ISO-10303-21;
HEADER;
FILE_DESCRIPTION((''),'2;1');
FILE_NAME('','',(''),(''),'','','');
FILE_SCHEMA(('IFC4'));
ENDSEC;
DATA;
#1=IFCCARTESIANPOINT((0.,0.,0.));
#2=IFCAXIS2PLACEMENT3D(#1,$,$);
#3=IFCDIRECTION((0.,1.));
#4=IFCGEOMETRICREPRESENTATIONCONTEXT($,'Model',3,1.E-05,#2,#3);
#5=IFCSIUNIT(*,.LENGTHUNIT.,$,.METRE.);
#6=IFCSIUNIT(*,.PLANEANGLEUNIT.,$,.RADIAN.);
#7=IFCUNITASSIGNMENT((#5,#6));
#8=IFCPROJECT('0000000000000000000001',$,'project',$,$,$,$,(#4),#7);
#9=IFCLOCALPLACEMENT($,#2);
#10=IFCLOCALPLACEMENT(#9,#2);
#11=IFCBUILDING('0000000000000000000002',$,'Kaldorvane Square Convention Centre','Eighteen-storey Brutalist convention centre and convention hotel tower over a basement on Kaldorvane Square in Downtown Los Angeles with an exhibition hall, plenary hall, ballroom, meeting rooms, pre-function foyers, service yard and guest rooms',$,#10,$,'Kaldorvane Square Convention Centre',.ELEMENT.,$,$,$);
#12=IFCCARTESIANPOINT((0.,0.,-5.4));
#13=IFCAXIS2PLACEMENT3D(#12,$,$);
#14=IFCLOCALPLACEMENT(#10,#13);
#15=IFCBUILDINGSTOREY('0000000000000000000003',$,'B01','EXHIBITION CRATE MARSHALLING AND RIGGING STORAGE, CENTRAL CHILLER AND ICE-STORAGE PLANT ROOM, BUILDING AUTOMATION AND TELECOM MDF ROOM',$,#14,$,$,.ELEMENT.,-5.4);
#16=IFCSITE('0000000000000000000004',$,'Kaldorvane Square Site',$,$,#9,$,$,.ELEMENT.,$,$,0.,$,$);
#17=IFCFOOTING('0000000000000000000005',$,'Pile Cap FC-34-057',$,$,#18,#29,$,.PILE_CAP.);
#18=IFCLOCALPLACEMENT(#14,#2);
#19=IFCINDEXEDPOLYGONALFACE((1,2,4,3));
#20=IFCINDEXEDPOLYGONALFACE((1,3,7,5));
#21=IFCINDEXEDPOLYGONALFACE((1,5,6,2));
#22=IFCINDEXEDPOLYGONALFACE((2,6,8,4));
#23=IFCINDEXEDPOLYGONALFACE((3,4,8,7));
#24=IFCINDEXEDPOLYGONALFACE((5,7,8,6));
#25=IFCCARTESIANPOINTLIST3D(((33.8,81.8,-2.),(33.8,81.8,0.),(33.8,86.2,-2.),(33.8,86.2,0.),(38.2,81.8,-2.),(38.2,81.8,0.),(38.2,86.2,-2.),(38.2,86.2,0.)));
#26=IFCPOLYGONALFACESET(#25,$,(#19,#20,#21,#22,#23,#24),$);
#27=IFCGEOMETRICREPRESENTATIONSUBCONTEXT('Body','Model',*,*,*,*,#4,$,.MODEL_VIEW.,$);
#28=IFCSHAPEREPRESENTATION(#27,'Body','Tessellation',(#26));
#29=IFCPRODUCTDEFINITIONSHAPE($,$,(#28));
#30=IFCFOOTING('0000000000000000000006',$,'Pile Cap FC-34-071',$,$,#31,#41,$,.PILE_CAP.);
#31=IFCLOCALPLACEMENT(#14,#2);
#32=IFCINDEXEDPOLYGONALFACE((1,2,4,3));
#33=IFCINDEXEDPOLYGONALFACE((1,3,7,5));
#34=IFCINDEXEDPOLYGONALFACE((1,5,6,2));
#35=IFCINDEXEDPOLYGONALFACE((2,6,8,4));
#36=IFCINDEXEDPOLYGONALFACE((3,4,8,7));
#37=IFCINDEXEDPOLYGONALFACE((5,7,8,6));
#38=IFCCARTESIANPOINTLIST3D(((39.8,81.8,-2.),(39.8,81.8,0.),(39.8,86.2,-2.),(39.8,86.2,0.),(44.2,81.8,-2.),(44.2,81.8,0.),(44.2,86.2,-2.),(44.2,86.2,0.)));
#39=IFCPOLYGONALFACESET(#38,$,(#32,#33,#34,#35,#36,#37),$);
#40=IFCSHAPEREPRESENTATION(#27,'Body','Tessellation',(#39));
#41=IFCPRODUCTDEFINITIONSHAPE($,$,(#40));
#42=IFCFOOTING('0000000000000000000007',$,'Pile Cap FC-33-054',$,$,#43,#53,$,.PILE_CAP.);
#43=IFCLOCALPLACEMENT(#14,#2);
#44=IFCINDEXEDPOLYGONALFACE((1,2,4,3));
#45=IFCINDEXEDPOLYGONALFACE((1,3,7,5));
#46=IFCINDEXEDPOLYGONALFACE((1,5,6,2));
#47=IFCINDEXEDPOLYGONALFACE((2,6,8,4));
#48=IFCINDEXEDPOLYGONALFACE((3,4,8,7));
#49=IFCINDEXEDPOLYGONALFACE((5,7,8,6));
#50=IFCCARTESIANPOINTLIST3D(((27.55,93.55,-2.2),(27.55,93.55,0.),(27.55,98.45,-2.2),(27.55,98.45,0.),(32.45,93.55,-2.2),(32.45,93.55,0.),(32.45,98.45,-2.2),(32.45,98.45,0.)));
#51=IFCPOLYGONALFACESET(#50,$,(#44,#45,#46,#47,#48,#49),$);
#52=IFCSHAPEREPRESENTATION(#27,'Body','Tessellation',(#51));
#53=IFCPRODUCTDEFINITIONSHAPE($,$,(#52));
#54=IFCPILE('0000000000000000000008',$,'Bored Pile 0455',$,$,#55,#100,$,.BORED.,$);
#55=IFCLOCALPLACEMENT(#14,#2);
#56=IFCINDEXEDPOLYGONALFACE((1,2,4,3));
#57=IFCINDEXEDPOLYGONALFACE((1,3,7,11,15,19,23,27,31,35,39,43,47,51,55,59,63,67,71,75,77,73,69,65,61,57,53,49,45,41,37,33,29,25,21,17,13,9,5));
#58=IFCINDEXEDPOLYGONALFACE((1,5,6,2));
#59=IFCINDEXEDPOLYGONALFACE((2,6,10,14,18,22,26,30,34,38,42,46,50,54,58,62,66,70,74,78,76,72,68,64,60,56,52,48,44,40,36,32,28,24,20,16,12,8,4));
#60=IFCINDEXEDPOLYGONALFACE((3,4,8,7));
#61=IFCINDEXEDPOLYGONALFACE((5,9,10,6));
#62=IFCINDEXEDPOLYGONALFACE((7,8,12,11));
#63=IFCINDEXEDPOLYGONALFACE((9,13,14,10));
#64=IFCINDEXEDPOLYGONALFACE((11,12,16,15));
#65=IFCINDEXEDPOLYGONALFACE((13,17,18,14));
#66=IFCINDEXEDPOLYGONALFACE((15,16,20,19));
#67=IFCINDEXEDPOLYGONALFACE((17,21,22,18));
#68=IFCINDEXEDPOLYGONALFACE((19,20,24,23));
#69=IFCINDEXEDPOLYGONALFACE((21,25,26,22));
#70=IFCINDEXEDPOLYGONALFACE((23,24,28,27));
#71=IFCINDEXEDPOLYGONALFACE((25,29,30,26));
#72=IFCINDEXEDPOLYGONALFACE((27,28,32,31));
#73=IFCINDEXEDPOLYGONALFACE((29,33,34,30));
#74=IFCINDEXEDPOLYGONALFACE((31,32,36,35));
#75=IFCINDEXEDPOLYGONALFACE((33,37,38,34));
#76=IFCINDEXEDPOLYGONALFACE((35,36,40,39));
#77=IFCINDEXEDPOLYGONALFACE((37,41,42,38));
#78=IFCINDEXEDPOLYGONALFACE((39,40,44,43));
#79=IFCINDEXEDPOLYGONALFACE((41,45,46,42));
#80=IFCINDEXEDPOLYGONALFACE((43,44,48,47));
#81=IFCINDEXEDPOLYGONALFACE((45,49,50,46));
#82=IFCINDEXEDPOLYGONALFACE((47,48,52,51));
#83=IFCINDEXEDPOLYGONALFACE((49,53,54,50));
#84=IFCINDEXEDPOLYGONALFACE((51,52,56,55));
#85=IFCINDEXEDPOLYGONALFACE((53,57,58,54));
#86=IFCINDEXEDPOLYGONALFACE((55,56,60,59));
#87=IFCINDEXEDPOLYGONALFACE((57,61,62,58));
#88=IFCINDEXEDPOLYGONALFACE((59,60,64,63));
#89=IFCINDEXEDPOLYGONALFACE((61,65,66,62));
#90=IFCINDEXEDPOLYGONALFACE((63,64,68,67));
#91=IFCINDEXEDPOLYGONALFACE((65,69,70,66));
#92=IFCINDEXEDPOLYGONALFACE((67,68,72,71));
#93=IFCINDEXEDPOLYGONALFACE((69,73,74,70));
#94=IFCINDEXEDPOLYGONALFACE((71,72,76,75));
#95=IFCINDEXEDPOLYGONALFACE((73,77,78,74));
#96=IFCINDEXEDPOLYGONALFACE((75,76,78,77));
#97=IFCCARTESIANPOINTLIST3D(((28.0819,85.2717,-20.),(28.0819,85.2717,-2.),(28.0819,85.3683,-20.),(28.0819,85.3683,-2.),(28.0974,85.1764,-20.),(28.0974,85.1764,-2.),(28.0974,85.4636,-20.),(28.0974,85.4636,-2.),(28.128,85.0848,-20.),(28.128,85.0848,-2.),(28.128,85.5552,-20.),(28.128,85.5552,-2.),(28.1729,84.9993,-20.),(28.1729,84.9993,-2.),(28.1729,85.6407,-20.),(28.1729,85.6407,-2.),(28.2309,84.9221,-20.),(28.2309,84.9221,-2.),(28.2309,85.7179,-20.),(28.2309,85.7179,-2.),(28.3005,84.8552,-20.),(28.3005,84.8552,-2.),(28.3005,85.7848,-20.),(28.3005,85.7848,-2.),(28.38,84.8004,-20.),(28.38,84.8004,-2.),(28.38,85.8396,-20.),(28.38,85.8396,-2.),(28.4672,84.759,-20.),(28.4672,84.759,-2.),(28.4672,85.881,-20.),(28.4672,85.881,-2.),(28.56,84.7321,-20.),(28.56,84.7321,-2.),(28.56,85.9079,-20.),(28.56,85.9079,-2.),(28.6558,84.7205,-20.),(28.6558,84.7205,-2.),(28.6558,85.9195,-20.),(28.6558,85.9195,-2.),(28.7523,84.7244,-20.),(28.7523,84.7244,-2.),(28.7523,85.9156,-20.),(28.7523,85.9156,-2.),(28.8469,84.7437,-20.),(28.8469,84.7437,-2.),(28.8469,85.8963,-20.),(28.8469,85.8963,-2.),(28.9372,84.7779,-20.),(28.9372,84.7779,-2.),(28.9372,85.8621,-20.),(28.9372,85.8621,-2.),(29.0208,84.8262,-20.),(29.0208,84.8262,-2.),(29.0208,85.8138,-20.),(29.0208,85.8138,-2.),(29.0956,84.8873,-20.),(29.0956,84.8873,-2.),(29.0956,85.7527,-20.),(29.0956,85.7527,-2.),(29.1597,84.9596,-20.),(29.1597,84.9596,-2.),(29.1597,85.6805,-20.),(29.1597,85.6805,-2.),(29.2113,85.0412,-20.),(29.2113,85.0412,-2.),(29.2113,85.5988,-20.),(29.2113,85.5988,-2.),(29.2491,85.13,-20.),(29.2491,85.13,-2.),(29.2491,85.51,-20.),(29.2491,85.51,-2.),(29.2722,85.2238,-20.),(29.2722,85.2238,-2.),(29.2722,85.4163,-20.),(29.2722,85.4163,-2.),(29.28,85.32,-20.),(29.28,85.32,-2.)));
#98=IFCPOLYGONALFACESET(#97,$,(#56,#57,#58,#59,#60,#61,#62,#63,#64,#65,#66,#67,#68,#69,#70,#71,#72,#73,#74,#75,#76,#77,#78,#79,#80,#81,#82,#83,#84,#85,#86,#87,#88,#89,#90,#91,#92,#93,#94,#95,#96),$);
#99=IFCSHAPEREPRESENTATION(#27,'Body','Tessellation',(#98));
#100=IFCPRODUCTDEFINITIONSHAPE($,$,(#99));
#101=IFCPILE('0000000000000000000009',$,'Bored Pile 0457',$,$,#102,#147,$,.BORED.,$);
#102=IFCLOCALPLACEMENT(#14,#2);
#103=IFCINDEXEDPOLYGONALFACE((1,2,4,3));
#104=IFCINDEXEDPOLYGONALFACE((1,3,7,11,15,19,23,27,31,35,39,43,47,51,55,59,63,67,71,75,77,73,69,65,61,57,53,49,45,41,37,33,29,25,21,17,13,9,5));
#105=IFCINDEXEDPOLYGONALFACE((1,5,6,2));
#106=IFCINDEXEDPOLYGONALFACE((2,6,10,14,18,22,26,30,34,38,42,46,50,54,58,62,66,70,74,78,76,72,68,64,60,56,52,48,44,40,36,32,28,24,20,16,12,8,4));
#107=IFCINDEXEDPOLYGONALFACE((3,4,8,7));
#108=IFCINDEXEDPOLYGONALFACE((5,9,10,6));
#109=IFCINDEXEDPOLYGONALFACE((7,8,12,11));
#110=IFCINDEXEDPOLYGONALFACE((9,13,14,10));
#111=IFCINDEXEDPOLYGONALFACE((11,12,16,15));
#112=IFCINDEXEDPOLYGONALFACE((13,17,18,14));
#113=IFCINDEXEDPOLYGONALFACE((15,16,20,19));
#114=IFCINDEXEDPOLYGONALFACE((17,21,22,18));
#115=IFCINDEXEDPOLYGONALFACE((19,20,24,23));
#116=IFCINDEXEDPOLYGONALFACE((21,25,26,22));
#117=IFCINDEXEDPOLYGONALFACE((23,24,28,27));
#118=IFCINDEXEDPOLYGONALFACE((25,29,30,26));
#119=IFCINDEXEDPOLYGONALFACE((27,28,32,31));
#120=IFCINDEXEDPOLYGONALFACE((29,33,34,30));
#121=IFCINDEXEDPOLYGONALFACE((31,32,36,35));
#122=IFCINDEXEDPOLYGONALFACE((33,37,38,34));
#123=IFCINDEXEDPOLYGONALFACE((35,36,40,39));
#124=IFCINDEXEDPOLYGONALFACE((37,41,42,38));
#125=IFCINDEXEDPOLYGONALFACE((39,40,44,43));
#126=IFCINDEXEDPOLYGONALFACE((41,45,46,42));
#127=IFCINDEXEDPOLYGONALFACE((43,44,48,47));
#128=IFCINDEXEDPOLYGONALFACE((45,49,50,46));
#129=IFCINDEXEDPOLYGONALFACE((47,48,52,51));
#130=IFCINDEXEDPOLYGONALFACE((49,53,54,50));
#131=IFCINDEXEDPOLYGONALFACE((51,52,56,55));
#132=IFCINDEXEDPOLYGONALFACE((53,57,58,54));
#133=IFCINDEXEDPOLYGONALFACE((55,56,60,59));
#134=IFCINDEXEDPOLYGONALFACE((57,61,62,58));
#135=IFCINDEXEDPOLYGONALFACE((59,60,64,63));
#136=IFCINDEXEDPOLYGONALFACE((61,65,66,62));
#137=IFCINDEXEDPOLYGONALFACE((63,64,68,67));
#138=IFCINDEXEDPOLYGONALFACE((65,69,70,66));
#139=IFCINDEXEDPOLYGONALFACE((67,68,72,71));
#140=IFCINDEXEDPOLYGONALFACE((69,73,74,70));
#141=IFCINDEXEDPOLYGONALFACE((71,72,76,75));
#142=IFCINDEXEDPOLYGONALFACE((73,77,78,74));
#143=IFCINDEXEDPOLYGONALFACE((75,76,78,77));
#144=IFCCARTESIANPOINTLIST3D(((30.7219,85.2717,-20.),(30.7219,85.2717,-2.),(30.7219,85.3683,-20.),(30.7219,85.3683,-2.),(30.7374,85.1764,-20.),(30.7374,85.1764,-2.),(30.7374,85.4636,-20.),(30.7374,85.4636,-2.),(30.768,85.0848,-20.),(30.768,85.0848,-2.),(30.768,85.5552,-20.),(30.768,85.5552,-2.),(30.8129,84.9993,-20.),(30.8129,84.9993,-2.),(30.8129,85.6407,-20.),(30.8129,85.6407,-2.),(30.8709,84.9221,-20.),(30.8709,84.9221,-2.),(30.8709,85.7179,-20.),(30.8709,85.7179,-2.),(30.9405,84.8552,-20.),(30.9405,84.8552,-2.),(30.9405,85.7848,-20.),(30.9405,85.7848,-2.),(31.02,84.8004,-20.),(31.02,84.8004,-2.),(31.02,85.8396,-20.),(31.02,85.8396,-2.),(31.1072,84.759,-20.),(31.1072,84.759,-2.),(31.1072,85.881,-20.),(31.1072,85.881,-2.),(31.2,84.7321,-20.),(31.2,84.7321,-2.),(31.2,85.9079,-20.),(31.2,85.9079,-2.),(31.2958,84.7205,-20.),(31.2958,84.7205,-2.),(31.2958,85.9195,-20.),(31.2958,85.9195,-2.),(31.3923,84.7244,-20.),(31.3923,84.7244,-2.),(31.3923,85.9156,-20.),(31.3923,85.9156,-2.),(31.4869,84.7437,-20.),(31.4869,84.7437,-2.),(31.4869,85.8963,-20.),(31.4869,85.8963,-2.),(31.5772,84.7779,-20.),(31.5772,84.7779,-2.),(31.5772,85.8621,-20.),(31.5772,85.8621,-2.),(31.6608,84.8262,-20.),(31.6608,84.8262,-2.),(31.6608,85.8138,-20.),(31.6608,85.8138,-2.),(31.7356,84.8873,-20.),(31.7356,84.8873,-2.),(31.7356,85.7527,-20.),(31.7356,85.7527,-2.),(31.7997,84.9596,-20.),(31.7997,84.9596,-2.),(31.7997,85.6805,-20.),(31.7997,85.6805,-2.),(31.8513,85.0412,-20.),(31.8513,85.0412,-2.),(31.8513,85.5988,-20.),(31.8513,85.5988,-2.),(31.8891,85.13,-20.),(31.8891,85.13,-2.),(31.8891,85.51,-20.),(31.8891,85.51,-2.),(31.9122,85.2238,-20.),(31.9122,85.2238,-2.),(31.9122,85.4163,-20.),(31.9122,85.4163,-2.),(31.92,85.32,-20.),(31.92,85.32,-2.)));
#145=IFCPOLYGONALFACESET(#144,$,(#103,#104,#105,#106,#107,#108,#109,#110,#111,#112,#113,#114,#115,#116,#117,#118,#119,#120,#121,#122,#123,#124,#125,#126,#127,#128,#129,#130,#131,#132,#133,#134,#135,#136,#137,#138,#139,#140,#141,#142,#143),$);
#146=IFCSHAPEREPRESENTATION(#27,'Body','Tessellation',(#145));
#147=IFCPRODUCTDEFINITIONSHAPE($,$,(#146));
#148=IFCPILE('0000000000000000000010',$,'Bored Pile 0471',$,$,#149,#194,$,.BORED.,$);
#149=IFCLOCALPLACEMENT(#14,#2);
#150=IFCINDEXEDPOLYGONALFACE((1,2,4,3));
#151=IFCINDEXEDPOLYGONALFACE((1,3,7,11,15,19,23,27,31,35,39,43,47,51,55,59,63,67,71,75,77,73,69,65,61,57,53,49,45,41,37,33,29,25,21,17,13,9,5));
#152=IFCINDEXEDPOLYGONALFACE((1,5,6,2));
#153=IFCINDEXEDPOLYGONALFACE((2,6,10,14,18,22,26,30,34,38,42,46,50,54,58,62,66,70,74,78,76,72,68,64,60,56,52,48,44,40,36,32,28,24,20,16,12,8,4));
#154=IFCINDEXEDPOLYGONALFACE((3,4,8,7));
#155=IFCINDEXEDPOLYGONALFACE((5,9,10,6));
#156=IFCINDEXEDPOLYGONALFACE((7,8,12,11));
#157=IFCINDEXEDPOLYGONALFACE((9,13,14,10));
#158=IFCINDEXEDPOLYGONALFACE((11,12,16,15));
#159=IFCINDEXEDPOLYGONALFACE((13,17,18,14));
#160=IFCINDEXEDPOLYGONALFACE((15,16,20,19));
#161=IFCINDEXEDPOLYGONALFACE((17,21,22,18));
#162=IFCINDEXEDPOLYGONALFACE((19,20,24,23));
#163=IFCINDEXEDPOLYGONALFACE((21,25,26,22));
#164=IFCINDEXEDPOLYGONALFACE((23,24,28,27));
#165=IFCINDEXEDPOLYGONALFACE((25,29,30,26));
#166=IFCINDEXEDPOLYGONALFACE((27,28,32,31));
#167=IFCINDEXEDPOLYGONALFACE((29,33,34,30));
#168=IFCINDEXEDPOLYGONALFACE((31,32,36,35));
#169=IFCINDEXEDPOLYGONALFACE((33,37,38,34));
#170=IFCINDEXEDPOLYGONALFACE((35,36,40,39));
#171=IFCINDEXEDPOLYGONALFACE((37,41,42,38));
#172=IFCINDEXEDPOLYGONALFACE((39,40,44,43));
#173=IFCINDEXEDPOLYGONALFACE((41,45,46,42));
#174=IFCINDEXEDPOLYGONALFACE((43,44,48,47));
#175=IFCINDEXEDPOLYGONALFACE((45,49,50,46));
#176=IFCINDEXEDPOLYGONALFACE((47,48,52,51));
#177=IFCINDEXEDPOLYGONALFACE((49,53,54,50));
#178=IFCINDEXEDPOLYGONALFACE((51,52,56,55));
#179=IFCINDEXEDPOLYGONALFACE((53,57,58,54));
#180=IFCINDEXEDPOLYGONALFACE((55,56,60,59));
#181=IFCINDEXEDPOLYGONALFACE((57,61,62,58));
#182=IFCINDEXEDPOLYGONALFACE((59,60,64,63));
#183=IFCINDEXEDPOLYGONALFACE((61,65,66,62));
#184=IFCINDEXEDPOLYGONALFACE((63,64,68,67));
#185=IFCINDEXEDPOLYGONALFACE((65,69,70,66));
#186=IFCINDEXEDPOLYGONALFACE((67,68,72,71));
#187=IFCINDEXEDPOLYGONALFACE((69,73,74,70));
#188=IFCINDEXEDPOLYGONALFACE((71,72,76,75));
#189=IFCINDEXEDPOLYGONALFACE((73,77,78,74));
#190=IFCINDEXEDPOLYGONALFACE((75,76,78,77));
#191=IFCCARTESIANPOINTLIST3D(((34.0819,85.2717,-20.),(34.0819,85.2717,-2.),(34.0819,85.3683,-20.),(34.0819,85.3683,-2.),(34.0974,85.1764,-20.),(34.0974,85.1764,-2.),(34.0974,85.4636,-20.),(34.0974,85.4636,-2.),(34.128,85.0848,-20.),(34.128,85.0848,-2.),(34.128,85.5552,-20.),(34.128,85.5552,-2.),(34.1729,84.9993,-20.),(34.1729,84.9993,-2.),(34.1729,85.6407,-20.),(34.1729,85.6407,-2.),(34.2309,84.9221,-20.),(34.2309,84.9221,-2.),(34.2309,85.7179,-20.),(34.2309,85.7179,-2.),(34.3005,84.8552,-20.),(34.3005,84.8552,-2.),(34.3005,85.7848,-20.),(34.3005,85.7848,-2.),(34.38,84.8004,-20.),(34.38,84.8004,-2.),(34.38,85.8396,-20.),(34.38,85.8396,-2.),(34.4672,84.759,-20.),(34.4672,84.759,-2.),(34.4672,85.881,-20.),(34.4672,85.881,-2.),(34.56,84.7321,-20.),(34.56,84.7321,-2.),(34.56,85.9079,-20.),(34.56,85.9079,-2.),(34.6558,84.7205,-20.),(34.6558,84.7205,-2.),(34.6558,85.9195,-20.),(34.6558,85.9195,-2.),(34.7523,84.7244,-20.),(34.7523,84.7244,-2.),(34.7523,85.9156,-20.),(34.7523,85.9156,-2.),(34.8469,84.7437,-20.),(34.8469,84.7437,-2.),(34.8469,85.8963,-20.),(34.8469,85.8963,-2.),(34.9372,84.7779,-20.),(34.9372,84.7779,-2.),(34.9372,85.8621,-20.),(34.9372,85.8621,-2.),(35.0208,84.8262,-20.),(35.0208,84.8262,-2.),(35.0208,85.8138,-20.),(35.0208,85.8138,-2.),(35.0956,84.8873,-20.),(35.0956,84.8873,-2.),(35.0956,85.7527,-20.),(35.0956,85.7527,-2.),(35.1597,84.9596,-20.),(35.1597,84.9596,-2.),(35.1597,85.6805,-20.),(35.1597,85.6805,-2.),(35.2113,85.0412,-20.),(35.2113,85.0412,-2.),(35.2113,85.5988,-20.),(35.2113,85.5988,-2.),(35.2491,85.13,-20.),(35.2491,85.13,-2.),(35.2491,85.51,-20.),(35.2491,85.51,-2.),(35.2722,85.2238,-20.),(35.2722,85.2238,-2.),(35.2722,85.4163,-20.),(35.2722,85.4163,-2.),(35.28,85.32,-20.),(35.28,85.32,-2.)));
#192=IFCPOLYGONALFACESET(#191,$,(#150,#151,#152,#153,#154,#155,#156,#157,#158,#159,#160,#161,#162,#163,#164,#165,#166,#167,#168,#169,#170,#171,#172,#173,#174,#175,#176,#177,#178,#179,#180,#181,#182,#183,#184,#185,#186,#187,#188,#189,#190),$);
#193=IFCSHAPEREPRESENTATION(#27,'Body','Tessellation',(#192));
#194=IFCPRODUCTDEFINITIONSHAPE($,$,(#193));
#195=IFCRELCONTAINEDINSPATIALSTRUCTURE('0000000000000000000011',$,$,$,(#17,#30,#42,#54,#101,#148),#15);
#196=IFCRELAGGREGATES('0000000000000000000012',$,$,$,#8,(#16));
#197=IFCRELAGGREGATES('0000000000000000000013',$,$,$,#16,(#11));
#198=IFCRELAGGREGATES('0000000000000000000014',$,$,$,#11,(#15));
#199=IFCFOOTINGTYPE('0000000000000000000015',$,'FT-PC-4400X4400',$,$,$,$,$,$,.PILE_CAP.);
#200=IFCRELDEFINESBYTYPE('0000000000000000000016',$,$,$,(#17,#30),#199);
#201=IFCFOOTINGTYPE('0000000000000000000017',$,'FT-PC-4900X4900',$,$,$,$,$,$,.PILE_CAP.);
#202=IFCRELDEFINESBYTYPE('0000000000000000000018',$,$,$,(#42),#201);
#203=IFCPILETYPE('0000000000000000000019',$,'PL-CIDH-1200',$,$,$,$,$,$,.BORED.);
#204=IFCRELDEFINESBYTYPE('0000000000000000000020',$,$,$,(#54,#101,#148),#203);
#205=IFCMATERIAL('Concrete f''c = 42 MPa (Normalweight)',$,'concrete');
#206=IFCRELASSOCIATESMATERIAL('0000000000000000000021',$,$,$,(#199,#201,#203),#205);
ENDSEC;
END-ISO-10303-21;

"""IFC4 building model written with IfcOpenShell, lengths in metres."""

from ifc_helpers import new_model, si_unit, direction, frame, origin, origin_2d, place, context, subcontext, project, spatial, rectangle, circle, extrude, material, material_profile, profile_set, type_object, element, save


model = new_model("IFC4")

# Units and contexts
model_context = context("Model", 3, precision=1e-05, world=origin(), true_north=direction((0.0, 1.0)))
body_context = subcontext(model_context, "Body", "Model", "MODEL_VIEW")
ifc_project = project(units=[si_unit("LENGTHUNIT", "METRE"), si_unit("PLANEANGLEUNIT", "RADIAN")], contexts=[model_context])

# Site, building, storey
site_placement = place(None, origin())
site = spatial("IfcSite", under=ifc_project, at=site_placement, Name="Kaldorvane Square Site", CompositionType="ELEMENT", RefElevation=0.0)
building_placement = place(site_placement, origin())
building = spatial("IfcBuilding", under=site, at=building_placement, Name="Kaldorvane Square Convention Centre", Description="Eighteen-storey Brutalist convention centre and convention hotel tower over a basement on Kaldorvane Square in Downtown Los Angeles with an exhibition hall, plenary hall, ballroom, meeting rooms, pre-function foyers, service yard and guest rooms", LongName="Kaldorvane Square Convention Centre", CompositionType="ELEMENT")
storey_placement = place(building_placement, frame((0.0, 0.0, -5.4)))
storey = spatial("IfcBuildingStorey", under=building, at=storey_placement, Name="B01", Description="EXHIBITION CRATE MARSHALLING AND RIGGING STORAGE, CENTRAL CHILLER AND ICE-STORAGE PLANT ROOM, BUILDING AUTOMATION AND TELECOM MDF ROOM", CompositionType="ELEMENT", Elevation=-5.4)

# Footings
ifc_material_1 = material(Name="Concrete f'c = 42 MPa (Normalweight)", Category="concrete")
footing_type_1 = type_object("IfcFootingType", Name="FT-PC-4400X4400", PredefinedType="PILE_CAP", material=ifc_material_1)
for number, where, z_axis, x_axis, name in (
    (1, (36.0, 84.0, -2.0), (0.0, 0.0, 1.0), (1.0, 0.0, 0.0), "Pile Cap FC-34-057"),
    (2, (42.0, 84.0, -2.0), (0.0, 0.0, 1.0), (1.0, 0.0, 0.0), "Pile Cap FC-34-071"),
):
    element("IfcFooting", number, at=place(storey_placement, frame(where, z_axis=z_axis, x_axis=x_axis)), inside=storey, type_object=footing_type_1, Name=name, PredefinedType="PILE_CAP", context=body_context, shape_type="SweptSolid", body=[
        extrude(rectangle(XDim=4.4, YDim=4.4, at=origin_2d()), origin(), (0.0, 0.0, 1.0), 2.0),
    ])
footing_type_2 = type_object("IfcFootingType", Name="FT-PC-4900X4900", PredefinedType="PILE_CAP", material=ifc_material_1)
footing_placement = place(storey_placement, frame((30.0, 96.0, -2.2), z_axis=(0.0, 0.0, 1.0), x_axis=(1.0, 0.0, 0.0)))
element("IfcFooting", 3, at=footing_placement, inside=storey, type_object=footing_type_2, Name="Pile Cap FC-33-054", PredefinedType="PILE_CAP", context=body_context, shape_type="SweptSolid", body=[
    extrude(rectangle(XDim=4.9, YDim=4.9, at=origin_2d()), origin(), (0.0, 0.0, 1.0), 2.2),
])

# Piles
ifc_material_profile_1 = material_profile(ifc_material_1, circle(Radius=0.6, at=origin_2d()), Name="PILE-D1200")
ifc_profile_set_1 = profile_set([ifc_material_profile_1], Name="Concrete f'c = 42 MPa (Normalweight)")
pile_type_1 = type_object("IfcPileType", Name="PL-CIDH-1200", PredefinedType="BORED", material=ifc_profile_set_1)
for number, where, z_axis, x_axis, name in (
    (4, (28.68, 85.32, -2.0), (0.0, 0.0, -1.0), (1.0, 0.0, 0.0), "Bored Pile 0455"),
    (5, (31.32, 85.32, -2.0), (0.0, 0.0, -1.0), (1.0, 0.0, 0.0), "Bored Pile 0457"),
    (6, (34.68, 85.32, -2.0), (0.0, 0.0, -1.0), (1.0, 0.0, 0.0), "Bored Pile 0471"),
):
    element("IfcPile", number, at=place(storey_placement, frame(where, z_axis=z_axis, x_axis=x_axis)), inside=storey, type_object=pile_type_1, Name=name, PredefinedType="BORED", context=body_context, shape_type="SweptSolid", body=[
        extrude(circle(Radius=0.6, at=origin_2d()), origin(), (0.0, 0.0, 1.0), 18.0),
    ])

save(model, "model.ifc")
